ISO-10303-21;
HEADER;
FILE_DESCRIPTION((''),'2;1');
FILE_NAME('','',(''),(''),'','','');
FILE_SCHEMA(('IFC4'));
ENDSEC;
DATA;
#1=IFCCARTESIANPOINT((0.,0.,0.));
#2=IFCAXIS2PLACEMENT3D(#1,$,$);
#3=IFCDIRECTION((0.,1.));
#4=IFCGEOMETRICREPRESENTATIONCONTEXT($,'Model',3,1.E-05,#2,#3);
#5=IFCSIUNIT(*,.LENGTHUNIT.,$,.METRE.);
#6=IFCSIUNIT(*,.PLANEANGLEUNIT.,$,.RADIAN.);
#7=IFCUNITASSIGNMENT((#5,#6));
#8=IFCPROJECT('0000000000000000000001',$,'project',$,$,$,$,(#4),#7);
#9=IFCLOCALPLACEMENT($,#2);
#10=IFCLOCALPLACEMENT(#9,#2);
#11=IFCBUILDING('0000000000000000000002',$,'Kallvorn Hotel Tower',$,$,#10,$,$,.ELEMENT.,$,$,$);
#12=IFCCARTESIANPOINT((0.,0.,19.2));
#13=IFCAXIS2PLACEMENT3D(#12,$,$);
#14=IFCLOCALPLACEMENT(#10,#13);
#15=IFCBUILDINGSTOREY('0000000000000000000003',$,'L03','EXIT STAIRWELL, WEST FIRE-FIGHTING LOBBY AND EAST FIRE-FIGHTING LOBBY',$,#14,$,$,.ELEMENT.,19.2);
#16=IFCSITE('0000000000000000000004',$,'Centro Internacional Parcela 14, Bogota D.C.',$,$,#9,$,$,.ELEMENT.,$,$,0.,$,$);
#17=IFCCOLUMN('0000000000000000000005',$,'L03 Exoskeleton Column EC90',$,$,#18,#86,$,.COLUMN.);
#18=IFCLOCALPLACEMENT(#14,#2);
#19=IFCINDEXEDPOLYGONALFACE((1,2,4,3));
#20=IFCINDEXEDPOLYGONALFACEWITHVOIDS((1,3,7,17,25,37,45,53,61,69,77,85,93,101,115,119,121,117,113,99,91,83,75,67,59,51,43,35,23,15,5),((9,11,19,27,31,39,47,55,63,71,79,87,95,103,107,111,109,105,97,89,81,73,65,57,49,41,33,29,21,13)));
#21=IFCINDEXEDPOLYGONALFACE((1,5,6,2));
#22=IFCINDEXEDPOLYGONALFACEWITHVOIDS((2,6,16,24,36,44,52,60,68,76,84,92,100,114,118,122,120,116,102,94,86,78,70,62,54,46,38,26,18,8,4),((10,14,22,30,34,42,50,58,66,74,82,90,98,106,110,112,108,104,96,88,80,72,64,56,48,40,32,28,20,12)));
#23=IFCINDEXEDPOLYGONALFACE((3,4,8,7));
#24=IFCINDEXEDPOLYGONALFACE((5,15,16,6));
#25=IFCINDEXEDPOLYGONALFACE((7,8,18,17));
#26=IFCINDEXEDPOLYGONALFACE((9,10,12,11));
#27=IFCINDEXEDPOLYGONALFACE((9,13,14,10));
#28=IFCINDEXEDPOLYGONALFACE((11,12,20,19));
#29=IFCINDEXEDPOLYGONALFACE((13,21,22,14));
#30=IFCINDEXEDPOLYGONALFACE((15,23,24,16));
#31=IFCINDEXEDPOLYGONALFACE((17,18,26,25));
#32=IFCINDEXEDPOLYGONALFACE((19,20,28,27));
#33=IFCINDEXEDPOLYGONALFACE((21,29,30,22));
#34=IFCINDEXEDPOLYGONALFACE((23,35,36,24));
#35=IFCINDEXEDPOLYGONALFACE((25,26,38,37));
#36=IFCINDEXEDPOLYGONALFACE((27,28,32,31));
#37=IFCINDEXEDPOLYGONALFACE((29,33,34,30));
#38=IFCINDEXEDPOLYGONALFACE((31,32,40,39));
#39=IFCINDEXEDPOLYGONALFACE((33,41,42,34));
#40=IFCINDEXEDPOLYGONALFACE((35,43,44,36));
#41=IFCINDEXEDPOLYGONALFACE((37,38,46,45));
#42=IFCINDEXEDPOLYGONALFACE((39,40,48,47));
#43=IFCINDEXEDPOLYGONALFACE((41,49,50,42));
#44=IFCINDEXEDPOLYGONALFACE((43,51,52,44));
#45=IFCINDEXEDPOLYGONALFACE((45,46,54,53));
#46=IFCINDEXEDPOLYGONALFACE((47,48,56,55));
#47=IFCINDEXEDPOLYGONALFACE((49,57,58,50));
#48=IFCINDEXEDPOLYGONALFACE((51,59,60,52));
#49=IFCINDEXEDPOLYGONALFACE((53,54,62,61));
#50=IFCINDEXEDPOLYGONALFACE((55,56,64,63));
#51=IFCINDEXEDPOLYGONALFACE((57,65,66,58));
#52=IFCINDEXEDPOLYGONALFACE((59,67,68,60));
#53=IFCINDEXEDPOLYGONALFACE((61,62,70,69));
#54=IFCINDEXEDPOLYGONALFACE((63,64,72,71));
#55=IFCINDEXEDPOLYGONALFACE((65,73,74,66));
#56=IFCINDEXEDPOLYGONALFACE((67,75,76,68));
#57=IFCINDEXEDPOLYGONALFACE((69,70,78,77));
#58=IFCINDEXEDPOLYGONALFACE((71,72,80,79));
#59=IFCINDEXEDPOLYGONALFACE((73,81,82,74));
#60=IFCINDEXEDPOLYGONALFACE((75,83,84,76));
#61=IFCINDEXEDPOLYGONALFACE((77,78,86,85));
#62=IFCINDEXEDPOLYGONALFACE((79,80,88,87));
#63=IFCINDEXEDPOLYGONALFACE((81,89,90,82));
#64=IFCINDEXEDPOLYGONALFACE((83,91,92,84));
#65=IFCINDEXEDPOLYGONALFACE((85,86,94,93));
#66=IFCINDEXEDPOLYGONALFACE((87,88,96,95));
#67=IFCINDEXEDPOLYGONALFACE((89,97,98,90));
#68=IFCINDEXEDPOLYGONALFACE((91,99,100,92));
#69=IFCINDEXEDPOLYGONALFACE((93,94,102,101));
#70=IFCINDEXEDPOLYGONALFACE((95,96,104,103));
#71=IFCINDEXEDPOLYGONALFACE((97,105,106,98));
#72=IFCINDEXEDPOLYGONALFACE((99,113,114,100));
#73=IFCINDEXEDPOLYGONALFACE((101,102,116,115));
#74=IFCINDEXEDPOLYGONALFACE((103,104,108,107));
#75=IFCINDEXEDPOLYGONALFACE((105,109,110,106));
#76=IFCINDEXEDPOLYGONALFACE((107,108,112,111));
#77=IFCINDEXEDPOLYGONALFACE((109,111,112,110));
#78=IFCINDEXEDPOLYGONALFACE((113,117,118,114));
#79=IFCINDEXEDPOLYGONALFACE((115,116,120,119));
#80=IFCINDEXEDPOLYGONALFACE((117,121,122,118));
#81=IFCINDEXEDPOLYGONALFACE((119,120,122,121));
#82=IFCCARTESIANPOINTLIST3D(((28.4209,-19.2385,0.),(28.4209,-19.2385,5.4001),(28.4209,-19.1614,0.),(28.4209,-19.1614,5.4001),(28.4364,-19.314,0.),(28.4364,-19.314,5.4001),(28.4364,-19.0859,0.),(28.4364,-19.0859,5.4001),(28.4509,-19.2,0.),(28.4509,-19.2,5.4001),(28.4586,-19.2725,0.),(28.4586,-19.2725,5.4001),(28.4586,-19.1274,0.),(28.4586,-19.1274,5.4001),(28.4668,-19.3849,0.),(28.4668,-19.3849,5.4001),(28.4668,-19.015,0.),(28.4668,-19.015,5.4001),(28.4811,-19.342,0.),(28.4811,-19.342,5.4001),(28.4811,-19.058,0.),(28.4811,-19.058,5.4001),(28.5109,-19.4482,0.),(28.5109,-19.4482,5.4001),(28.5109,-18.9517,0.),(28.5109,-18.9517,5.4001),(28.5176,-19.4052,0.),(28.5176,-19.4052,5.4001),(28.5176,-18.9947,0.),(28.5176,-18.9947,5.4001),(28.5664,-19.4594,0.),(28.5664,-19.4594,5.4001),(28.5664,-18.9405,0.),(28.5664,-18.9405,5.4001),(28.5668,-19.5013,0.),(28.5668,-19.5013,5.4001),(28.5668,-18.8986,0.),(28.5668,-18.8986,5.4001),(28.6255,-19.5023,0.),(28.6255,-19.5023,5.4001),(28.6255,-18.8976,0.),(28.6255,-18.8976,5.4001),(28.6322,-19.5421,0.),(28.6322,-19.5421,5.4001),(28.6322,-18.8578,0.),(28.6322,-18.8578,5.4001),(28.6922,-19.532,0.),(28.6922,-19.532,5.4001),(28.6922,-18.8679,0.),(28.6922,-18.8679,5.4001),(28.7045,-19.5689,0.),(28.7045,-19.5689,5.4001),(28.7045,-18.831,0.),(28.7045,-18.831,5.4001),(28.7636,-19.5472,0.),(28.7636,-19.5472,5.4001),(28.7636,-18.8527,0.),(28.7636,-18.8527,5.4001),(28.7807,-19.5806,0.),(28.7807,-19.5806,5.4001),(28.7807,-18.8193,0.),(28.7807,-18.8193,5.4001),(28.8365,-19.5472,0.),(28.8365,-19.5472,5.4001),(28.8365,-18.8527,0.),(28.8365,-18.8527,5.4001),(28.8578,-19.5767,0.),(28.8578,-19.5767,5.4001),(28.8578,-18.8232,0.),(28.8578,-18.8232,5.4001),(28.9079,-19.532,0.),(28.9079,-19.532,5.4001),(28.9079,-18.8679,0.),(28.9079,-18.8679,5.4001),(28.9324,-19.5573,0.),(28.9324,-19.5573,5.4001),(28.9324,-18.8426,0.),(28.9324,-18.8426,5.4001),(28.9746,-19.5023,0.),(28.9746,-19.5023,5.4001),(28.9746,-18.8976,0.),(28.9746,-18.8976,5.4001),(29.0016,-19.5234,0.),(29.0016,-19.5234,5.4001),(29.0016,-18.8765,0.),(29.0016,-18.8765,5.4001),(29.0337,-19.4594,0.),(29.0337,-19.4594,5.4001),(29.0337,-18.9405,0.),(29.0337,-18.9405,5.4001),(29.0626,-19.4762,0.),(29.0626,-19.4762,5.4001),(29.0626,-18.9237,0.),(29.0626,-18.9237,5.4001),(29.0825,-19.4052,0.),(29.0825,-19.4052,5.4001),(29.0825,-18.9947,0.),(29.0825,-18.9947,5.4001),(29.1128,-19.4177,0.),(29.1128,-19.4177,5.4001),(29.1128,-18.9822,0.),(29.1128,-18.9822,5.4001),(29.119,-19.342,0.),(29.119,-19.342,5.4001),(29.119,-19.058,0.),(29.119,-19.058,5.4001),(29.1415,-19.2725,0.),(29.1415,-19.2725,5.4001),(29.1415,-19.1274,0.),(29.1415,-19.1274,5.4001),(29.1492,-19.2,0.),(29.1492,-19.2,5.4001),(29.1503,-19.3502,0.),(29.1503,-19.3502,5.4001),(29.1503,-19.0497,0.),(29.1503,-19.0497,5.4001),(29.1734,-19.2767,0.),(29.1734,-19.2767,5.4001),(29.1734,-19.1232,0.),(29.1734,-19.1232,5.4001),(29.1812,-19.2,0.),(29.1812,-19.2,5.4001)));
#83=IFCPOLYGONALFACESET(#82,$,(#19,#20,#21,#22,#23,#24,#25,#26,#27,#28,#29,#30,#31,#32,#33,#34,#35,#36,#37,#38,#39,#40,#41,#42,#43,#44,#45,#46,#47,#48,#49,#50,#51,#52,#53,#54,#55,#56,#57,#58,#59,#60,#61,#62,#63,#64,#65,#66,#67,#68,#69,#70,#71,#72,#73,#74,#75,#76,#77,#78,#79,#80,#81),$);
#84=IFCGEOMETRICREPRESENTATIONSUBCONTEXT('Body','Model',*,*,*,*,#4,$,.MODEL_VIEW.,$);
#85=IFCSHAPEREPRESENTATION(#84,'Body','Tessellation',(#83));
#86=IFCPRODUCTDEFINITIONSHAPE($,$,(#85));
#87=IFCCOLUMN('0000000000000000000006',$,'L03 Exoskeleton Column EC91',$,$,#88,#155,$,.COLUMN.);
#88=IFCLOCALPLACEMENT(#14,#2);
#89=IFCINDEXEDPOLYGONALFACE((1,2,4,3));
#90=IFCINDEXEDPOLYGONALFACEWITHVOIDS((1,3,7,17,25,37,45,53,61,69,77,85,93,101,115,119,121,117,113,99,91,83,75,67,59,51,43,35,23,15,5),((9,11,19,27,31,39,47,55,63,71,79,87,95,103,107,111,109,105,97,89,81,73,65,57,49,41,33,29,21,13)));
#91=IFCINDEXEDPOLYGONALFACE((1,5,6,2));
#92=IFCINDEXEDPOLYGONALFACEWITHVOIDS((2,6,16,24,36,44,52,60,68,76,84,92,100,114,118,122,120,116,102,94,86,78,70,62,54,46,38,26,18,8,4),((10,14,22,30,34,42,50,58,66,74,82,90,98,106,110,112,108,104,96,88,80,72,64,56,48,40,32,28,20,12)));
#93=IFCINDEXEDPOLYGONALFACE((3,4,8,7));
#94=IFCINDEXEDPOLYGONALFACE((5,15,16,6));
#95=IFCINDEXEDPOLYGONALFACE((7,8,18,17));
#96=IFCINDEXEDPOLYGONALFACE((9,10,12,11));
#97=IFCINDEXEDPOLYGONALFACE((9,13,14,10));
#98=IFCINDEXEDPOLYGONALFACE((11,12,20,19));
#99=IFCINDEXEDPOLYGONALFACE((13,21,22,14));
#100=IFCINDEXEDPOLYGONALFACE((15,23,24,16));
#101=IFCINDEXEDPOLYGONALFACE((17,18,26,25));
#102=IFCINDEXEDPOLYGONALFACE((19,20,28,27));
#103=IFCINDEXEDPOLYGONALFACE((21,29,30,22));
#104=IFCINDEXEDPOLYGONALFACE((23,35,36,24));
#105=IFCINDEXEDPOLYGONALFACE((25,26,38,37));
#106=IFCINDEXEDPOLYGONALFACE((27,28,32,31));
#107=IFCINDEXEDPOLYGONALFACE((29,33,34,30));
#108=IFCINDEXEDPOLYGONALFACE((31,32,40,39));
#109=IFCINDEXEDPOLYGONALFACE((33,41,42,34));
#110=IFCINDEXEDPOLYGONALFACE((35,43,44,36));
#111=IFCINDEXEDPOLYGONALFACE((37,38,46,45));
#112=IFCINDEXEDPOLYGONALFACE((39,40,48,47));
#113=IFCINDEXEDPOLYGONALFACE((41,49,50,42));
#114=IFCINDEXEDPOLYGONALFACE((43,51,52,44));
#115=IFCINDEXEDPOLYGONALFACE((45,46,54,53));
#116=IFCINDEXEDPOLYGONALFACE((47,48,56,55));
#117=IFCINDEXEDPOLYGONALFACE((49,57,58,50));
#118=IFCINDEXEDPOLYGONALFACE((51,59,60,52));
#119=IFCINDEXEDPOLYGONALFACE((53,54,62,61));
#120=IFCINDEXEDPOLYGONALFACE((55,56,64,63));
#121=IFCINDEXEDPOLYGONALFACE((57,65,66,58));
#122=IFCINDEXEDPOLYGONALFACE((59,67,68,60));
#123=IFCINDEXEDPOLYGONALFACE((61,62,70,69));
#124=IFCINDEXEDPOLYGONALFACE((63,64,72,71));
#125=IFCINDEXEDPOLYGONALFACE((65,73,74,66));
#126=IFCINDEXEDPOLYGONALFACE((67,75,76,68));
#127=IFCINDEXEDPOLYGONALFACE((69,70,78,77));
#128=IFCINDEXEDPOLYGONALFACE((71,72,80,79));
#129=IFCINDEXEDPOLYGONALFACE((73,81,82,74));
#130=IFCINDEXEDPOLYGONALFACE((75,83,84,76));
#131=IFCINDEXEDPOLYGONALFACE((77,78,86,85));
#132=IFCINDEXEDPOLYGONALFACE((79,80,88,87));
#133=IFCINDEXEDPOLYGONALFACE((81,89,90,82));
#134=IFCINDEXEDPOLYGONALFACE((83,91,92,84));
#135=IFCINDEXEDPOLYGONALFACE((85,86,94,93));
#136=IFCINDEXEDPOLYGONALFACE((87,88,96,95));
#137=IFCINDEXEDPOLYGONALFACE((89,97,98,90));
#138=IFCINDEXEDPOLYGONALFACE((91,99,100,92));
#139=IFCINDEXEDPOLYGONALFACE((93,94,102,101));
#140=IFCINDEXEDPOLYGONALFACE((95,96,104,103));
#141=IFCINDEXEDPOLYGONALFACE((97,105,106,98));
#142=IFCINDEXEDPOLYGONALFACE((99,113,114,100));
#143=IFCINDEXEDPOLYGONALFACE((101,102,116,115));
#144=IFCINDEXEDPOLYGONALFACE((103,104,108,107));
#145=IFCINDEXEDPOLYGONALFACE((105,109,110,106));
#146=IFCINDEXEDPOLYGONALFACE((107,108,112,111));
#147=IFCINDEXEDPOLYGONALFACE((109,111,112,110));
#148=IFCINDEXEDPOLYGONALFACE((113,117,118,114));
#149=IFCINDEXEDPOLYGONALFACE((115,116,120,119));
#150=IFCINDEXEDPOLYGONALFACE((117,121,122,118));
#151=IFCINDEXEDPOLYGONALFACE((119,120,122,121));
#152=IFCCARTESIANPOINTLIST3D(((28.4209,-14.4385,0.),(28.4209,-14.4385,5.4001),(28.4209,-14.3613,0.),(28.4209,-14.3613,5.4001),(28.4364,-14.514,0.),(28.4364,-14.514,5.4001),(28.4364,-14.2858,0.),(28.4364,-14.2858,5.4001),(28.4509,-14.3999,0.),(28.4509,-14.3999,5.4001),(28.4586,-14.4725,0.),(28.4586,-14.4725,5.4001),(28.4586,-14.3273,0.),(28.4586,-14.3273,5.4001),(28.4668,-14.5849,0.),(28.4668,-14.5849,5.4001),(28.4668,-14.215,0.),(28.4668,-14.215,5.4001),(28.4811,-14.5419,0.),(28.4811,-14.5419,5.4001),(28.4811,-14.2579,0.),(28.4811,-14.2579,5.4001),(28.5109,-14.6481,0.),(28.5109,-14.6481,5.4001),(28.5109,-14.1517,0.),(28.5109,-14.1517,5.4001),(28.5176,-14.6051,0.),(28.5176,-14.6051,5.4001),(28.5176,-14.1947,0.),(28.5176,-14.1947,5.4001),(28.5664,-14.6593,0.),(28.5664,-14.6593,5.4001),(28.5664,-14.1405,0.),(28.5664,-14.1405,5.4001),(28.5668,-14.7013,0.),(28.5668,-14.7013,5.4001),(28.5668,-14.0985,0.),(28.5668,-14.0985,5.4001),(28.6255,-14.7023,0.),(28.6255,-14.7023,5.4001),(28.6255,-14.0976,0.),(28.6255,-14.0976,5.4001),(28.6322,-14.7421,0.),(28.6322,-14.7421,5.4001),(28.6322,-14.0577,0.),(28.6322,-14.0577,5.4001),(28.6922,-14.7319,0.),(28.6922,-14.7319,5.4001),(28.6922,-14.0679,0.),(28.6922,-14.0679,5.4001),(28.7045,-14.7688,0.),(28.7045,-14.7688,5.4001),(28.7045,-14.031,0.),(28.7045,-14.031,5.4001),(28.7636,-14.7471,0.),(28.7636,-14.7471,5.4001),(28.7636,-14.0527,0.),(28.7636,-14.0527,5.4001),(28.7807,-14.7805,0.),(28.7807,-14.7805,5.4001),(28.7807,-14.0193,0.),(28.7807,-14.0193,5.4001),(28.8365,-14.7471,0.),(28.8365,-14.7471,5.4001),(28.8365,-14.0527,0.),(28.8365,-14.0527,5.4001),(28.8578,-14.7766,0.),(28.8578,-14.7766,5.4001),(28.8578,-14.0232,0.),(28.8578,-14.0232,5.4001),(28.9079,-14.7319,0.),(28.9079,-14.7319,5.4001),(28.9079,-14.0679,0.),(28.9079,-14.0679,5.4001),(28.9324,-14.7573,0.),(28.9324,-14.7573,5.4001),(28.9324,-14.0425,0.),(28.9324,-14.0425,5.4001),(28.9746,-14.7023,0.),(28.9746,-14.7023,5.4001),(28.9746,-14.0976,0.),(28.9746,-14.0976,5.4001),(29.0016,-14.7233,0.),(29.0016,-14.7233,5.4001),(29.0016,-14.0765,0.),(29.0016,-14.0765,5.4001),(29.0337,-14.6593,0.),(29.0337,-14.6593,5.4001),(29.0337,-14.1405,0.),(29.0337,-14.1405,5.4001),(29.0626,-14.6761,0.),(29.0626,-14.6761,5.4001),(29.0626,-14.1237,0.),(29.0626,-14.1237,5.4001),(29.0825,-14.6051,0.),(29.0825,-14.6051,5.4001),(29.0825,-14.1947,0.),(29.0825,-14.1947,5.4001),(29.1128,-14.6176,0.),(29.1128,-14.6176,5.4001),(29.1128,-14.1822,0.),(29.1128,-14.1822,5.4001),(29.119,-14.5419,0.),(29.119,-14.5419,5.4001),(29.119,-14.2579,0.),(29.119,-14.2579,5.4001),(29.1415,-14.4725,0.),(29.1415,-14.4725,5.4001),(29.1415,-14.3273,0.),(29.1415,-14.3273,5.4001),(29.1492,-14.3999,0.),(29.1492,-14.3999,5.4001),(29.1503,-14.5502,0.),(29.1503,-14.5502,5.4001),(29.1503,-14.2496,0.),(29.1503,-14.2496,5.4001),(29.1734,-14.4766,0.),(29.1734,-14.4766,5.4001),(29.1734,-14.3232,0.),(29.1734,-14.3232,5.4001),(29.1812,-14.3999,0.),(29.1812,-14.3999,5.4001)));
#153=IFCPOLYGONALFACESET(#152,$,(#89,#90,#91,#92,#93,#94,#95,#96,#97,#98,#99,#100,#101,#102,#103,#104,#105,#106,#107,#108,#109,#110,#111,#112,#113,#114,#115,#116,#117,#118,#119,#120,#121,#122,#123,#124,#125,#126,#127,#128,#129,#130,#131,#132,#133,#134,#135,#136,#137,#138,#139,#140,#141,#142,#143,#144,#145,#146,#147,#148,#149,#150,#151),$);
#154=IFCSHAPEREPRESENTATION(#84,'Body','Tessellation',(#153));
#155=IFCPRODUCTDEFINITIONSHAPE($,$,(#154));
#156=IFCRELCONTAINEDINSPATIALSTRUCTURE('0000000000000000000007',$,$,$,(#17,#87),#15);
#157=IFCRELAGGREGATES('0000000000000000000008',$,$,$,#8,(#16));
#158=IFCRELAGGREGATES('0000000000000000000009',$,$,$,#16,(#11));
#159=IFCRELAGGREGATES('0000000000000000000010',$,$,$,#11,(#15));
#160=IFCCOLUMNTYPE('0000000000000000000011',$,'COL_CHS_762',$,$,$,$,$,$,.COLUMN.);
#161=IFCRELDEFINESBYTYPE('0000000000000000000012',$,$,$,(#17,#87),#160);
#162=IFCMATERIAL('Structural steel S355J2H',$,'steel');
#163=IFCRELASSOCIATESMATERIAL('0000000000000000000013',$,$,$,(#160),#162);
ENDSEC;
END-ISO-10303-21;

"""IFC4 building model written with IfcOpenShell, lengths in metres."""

from ifc_helpers import new_model, si_unit, direction, frame, origin, origin_2d, place, context, subcontext, project, spatial, hollow_circle, extrude, material, material_profile, profile_set, type_object, element, save


model = new_model("IFC4")

# Units and contexts
model_context = context("Model", 3, precision=1e-05, world=origin(), true_north=direction((0.0, 1.0)))
body_context = subcontext(model_context, "Body", "Model", "MODEL_VIEW")
ifc_project = project(units=[si_unit("LENGTHUNIT", "METRE"), si_unit("PLANEANGLEUNIT", "RADIAN")], contexts=[model_context])

# Site, building, storey
site_placement = place(None, origin())
site = spatial("IfcSite", under=ifc_project, at=site_placement, Name="Centro Internacional Parcela 14, Bogota D.C.", CompositionType="ELEMENT", RefElevation=0.0)
building_placement = place(site_placement, origin())
building = spatial("IfcBuilding", under=site, at=building_placement, Name="Kallvorn Hotel Tower", CompositionType="ELEMENT")
storey_placement = place(building_placement, frame((0.0, 0.0, 19.2)))
storey = spatial("IfcBuildingStorey", under=building, at=storey_placement, Name="L03", Description="EXIT STAIRWELL, WEST FIRE-FIGHTING LOBBY AND EAST FIRE-FIGHTING LOBBY", CompositionType="ELEMENT", Elevation=19.2)

# Columns
ifc_material_1 = material(Name="Structural steel S355J2H", Category="steel")
ifc_material_profile_1 = material_profile(ifc_material_1, hollow_circle(Radius=0.3811, WallThickness=0.032, at=origin_2d()), Name="CHS 762x32")
ifc_profile_set_1 = profile_set([ifc_material_profile_1], Name="Structural steel S355J2H")
column_type_1 = type_object("IfcColumnType", Name="COL_CHS_762", PredefinedType="COLUMN", material=ifc_profile_set_1)
for number, where, z_axis, x_axis, name in (
    (1, (28.8, -19.2, 0.0), (0.0, 0.0, 1.0), (1.0, 0.0, 0.0), "L03 Exoskeleton Column EC90"),
    (2, (28.8, -14.3999, 0.0), (0.0, 0.0, 1.0), (1.0, 0.0, 0.0), "L03 Exoskeleton Column EC91"),
):
    element("IfcColumn", number, at=place(storey_placement, frame(where, z_axis=z_axis, x_axis=x_axis)), inside=storey, type_object=column_type_1, Name=name, PredefinedType="COLUMN", context=body_context, shape_type="SweptSolid", body=[
        extrude(hollow_circle(Radius=0.3811, WallThickness=0.032, at=origin_2d()), origin(), (0.0, 0.0, 1.0), 5.4001),
    ])

save(model, "model.ifc")
